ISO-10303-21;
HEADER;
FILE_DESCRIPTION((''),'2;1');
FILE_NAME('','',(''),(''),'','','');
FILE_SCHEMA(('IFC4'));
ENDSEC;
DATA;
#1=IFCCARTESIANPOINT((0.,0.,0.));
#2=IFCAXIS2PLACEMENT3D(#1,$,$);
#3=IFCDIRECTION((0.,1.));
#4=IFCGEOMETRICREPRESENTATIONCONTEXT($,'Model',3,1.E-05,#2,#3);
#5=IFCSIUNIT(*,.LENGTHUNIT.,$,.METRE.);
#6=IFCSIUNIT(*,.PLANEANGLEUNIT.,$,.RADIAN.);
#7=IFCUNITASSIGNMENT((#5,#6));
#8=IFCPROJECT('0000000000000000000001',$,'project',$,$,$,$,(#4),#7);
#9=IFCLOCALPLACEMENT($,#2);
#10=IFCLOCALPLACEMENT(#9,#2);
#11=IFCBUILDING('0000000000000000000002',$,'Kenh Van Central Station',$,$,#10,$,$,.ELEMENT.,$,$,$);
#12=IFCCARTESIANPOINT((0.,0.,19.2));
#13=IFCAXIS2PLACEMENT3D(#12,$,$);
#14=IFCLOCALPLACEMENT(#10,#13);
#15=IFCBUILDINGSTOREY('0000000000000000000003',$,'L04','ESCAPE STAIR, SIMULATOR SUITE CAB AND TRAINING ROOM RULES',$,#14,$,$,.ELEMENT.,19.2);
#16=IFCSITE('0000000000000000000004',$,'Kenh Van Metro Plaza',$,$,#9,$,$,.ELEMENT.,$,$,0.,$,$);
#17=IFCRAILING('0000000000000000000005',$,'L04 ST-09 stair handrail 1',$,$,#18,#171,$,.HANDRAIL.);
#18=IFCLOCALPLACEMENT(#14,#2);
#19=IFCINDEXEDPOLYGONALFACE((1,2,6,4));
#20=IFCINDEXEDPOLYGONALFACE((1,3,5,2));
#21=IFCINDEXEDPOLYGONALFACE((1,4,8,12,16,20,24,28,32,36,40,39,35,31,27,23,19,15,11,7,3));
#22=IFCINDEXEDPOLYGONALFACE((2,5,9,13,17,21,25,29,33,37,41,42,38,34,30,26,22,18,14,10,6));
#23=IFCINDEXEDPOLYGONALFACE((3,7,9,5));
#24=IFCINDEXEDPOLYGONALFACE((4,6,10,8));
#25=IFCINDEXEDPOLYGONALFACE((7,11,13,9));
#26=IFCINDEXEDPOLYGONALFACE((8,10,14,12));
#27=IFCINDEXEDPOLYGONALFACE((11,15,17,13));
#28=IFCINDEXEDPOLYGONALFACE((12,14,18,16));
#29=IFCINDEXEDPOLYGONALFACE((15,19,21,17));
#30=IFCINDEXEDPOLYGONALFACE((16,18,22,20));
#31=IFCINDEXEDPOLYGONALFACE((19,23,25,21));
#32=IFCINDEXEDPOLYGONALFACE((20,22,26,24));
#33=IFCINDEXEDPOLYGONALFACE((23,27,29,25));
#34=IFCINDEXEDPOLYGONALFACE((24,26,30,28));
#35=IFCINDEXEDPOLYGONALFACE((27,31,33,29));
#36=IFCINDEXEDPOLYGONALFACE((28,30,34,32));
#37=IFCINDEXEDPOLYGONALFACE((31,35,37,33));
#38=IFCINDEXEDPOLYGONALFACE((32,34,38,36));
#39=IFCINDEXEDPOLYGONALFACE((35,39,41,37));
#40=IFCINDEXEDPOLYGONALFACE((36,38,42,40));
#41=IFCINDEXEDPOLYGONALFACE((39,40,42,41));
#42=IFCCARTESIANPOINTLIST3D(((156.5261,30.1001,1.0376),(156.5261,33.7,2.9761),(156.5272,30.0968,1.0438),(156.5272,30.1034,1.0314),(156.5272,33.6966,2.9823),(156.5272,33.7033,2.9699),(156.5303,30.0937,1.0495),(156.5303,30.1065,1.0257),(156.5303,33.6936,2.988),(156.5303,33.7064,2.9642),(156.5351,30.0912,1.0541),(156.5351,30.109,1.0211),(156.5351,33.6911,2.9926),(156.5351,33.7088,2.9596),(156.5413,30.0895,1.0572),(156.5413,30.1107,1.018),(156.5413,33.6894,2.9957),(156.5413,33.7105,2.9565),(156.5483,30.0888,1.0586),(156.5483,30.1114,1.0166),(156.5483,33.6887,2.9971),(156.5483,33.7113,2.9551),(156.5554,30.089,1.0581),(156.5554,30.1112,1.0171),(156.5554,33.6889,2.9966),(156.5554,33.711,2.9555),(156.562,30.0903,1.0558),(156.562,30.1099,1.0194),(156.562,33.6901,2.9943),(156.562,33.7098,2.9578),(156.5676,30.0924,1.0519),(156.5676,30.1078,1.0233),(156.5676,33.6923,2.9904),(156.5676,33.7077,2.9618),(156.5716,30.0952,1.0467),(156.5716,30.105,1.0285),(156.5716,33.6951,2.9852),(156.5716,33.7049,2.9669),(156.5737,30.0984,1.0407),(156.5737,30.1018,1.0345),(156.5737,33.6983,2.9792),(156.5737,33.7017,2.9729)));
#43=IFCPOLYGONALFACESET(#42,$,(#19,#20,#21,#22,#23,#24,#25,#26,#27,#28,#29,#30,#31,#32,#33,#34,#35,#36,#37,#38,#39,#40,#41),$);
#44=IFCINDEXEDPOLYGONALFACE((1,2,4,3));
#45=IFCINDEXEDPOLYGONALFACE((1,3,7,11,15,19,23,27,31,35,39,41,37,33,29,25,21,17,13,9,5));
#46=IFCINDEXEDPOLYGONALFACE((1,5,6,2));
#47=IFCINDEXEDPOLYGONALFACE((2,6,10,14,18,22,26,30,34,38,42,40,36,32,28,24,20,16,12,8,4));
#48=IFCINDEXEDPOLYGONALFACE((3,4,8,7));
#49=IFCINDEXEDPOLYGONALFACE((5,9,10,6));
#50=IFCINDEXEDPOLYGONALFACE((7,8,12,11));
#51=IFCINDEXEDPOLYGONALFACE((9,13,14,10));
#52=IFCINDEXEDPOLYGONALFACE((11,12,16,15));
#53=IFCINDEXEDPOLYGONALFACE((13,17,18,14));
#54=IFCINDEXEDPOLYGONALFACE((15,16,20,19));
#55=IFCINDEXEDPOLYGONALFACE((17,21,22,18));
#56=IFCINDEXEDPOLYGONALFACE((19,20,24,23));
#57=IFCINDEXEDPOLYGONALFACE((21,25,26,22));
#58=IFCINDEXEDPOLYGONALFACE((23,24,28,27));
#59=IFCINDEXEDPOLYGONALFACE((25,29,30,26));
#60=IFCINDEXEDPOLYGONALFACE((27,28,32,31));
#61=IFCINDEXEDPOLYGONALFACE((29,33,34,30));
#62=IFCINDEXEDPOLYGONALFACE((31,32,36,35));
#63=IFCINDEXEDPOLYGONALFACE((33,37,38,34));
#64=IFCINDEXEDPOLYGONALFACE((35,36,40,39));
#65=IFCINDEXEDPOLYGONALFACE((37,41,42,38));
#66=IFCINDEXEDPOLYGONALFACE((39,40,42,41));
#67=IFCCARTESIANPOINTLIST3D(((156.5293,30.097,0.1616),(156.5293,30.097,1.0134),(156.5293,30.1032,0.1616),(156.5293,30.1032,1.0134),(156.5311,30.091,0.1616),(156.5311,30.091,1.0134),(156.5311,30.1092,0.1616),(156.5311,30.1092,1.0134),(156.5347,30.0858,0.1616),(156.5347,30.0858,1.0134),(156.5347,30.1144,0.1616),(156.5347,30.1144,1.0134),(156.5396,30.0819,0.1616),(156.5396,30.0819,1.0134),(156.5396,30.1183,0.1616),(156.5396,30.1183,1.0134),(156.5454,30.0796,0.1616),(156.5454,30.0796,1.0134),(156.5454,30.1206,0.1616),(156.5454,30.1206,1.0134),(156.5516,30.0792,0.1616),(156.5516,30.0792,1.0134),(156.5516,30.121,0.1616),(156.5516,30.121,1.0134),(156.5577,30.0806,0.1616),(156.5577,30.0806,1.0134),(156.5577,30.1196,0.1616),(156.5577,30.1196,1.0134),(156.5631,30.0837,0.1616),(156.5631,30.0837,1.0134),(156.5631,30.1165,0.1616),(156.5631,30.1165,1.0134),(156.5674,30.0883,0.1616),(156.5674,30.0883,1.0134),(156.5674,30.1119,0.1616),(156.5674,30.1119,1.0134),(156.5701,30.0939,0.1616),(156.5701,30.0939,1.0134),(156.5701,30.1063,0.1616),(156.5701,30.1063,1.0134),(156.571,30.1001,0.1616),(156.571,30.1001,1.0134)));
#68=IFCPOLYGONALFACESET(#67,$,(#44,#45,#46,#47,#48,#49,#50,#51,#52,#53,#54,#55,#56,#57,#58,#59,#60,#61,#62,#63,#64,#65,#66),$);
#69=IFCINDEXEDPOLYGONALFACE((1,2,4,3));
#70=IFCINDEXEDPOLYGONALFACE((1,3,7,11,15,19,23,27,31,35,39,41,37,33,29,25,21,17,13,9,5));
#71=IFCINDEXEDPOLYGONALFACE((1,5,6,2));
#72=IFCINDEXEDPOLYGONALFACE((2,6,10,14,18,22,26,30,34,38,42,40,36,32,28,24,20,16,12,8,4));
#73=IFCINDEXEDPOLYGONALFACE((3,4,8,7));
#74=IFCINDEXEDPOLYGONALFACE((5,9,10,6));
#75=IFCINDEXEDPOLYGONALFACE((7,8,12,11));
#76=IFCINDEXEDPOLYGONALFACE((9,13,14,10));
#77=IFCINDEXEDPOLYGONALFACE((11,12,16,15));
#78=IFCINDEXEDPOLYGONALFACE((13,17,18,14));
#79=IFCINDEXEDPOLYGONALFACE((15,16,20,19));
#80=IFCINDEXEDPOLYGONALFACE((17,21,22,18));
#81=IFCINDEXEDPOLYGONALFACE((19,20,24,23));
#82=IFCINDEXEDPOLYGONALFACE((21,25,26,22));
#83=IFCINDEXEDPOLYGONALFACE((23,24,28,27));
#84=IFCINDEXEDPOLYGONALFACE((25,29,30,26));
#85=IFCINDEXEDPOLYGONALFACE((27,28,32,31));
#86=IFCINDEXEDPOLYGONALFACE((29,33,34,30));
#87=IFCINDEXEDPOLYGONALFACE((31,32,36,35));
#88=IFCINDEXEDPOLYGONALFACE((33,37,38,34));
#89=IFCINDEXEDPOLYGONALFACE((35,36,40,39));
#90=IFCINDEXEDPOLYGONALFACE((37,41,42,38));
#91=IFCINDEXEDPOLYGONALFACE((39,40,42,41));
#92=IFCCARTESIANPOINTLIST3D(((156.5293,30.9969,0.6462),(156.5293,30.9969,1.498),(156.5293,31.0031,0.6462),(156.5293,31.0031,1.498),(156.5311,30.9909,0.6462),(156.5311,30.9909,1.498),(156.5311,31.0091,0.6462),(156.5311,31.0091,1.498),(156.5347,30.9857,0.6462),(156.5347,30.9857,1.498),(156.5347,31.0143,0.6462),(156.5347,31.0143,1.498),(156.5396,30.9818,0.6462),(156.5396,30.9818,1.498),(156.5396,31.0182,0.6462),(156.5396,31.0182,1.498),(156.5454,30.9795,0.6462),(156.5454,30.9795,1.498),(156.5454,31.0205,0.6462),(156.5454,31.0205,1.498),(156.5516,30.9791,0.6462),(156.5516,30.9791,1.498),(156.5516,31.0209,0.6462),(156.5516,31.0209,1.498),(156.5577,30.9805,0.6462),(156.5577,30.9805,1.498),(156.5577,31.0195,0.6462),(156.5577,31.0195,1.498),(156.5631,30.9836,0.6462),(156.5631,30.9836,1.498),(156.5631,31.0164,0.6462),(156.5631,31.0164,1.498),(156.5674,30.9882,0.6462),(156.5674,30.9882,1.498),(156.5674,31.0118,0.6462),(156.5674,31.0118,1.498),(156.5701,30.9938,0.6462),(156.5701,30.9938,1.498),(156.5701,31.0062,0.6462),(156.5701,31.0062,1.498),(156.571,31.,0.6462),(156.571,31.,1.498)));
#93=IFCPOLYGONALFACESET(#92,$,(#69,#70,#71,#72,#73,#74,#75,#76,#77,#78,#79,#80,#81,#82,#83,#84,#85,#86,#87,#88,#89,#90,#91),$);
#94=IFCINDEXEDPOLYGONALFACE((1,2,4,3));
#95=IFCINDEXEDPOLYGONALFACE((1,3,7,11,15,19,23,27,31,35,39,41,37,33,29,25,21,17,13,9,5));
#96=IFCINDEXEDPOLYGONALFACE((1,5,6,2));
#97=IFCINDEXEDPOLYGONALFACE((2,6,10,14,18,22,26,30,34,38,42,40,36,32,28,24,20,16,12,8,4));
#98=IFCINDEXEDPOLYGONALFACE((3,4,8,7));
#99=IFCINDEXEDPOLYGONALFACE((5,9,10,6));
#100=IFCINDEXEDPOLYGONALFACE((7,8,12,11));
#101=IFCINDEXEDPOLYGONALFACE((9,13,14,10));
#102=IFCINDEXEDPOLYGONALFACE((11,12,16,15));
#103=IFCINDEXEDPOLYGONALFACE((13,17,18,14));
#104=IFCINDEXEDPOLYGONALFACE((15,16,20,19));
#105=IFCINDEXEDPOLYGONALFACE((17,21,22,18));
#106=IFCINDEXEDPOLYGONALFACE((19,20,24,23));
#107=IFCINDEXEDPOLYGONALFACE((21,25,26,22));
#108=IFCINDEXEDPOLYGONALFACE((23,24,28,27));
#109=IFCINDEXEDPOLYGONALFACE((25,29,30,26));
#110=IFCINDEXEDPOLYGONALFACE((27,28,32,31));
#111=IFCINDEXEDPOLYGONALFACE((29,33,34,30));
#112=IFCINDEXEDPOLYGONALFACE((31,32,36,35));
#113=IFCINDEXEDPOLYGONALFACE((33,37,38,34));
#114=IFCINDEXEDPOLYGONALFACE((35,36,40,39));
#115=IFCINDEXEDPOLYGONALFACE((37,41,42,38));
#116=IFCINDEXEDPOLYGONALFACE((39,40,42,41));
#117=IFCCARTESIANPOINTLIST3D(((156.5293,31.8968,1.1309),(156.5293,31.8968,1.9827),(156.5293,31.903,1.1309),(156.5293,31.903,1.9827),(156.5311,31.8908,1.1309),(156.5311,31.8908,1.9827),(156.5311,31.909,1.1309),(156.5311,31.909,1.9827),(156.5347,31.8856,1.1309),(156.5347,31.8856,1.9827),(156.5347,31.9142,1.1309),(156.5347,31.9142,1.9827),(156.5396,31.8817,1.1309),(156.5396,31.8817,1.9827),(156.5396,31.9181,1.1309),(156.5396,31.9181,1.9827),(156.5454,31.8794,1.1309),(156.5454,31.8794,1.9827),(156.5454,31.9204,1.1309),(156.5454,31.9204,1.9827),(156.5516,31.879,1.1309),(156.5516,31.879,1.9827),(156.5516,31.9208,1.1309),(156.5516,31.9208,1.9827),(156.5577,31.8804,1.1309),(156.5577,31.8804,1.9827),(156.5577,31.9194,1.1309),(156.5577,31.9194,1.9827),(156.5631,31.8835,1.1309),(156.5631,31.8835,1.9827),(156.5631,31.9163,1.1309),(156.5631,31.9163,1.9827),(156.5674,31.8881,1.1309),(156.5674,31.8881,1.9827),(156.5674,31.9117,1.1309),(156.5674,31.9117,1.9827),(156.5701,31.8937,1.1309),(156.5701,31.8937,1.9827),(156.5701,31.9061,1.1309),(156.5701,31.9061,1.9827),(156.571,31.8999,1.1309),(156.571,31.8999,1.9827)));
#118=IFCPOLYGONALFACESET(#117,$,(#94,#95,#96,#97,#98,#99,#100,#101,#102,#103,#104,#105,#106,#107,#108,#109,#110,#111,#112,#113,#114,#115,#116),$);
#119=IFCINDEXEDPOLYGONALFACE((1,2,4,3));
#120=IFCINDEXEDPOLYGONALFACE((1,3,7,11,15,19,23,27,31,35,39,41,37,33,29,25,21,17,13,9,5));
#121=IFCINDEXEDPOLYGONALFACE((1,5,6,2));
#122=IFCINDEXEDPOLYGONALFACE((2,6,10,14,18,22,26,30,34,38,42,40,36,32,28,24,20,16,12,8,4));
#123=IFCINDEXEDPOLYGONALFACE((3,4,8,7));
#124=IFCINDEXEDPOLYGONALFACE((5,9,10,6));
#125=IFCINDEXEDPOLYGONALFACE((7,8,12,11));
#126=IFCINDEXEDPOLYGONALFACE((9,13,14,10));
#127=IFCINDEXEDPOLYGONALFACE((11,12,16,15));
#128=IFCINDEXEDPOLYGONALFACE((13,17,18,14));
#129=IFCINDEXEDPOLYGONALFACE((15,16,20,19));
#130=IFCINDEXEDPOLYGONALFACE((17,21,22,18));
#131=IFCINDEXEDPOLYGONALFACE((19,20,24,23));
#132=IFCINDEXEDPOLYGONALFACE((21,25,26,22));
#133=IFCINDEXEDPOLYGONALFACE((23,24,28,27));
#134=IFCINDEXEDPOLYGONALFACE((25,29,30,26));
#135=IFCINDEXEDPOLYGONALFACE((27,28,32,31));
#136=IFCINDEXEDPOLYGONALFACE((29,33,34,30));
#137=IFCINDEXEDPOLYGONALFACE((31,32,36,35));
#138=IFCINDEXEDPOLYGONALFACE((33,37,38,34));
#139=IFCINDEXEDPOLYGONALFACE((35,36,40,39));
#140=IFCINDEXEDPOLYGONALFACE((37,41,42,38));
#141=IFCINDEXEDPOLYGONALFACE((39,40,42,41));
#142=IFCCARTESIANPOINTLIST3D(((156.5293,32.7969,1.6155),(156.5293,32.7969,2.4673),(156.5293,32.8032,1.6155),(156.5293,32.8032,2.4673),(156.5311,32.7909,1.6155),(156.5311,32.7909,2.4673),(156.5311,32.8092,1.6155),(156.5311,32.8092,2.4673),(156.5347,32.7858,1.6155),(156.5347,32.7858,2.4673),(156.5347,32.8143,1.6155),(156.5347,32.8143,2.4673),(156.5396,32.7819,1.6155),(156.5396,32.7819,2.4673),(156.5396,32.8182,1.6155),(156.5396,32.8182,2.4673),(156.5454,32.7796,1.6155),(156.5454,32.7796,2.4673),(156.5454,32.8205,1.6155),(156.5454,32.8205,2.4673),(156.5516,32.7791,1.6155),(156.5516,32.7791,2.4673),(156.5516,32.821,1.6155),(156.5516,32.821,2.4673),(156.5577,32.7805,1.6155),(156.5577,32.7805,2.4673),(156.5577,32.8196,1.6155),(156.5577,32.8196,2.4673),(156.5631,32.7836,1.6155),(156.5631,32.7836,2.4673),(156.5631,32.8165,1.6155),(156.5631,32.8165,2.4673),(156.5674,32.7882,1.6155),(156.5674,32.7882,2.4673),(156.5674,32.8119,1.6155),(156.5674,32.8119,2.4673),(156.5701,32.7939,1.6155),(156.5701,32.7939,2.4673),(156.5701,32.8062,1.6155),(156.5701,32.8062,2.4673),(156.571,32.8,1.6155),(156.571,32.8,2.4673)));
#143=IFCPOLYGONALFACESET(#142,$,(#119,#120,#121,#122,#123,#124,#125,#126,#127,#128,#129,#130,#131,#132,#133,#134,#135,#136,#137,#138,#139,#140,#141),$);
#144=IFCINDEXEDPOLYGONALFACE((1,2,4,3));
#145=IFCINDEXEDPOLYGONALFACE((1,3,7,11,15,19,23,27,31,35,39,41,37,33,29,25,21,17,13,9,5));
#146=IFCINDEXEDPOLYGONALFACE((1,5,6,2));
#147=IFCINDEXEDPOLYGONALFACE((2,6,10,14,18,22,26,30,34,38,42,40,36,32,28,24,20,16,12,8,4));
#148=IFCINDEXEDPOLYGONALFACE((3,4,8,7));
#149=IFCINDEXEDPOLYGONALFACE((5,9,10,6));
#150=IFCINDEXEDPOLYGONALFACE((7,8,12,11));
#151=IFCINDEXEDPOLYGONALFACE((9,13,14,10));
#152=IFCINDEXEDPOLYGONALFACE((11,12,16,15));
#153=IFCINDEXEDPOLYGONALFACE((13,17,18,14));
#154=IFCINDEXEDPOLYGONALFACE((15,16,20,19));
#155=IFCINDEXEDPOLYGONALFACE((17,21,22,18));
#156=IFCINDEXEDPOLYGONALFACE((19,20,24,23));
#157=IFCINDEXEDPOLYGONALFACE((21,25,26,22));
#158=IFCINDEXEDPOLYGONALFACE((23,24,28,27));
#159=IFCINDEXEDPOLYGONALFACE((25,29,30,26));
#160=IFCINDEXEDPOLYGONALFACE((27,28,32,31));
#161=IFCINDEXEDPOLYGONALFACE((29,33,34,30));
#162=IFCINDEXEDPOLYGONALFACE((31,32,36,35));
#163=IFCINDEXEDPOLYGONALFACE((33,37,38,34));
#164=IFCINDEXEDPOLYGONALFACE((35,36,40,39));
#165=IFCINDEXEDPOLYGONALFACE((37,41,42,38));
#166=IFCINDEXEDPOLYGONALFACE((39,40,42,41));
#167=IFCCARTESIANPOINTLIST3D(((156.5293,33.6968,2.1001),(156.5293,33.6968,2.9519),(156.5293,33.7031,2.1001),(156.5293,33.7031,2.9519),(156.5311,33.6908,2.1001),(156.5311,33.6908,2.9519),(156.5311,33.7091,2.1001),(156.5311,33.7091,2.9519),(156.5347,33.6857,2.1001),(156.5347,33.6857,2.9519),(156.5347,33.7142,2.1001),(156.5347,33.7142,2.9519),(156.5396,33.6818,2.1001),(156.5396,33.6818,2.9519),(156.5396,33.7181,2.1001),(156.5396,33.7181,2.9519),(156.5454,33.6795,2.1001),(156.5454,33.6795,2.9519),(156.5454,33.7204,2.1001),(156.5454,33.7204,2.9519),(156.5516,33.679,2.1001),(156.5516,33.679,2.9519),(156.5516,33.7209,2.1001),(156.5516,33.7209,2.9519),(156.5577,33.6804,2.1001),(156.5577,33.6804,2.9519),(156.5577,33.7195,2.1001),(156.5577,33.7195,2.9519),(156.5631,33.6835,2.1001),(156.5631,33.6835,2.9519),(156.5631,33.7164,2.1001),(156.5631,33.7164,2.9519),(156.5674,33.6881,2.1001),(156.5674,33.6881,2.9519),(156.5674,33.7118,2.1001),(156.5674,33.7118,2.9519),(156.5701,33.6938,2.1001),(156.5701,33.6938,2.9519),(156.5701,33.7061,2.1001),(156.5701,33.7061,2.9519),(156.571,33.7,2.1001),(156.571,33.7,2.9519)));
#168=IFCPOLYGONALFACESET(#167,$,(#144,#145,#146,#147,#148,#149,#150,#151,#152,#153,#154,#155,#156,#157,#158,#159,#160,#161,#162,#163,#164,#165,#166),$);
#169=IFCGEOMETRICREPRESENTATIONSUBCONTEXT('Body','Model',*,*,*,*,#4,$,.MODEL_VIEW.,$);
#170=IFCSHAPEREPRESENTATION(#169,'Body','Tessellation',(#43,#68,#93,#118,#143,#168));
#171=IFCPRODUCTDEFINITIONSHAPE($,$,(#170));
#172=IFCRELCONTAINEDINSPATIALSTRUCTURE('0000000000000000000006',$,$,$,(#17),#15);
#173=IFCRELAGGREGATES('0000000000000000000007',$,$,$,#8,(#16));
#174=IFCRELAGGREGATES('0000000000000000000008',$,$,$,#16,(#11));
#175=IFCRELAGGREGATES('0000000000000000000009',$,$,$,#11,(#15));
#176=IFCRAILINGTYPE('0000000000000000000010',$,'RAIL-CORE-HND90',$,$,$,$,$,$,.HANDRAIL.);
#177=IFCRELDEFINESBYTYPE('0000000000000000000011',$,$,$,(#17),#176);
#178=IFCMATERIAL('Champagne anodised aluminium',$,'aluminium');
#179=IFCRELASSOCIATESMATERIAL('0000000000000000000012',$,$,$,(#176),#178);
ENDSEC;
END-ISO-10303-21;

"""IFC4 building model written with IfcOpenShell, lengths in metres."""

from ifc_helpers import new_model, si_unit, direction, frame, origin, origin_2d, place, context, subcontext, project, spatial, circle, extrude, material, type_object, element, save


model = new_model("IFC4")

# Units and contexts
model_context = context("Model", 3, precision=1e-05, world=origin(), true_north=direction((0.0, 1.0)))
body_context = subcontext(model_context, "Body", "Model", "MODEL_VIEW")
ifc_project = project(units=[si_unit("LENGTHUNIT", "METRE"), si_unit("PLANEANGLEUNIT", "RADIAN")], contexts=[model_context])

# Site, building, storey
site_placement = place(None, origin())
site = spatial("IfcSite", under=ifc_project, at=site_placement, Name="Kenh Van Metro Plaza", CompositionType="ELEMENT", RefElevation=0.0)
building_placement = place(site_placement, origin())
building = spatial("IfcBuilding", under=site, at=building_placement, Name="Kenh Van Central Station", CompositionType="ELEMENT")
storey_placement = place(building_placement, frame((0.0, 0.0, 19.2)))
storey = spatial("IfcBuildingStorey", under=building, at=storey_placement, Name="L04", Description="ESCAPE STAIR, SIMULATOR SUITE CAB AND TRAINING ROOM RULES", CompositionType="ELEMENT", Elevation=19.2)

# Shared definitions
ifc_material_1 = material(Name="Champagne anodised aluminium", Category="aluminium")

# Railing
railing_type_1 = type_object("IfcRailingType", Name="RAIL-CORE-HND90", PredefinedType="HANDRAIL", material=ifc_material_1)
railing_1_placement = place(storey_placement, frame((156.55, 30.1001, 0.1616)))
element("IfcRailing", 1, at=railing_1_placement, inside=storey, type_object=railing_type_1, Name="L04 ST-09 stair handrail 1", PredefinedType="HANDRAIL", context=body_context, shape_type="SweptSolid", body=[
    extrude(circle(Radius=0.0239, at=origin_2d()), frame((0.0, 0.0, 0.876), z_axis=(0.0, 0.880462, 0.474118), x_axis=(-1.0, 0.0, 0.0)), (0.0, 0.0, 1.0), 4.0886),
    extrude(circle(Radius=0.021, at=origin_2d()), origin(), (0.0, 0.0, 1.0), 0.8518),
    extrude(circle(Radius=0.021, at=origin_2d()), frame((0.0, 0.8999, 0.4846)), (0.0, 0.0, 1.0), 0.8518),
    extrude(circle(Radius=0.021, at=origin_2d()), frame((0.0, 1.7998, 0.9692)), (0.0, 0.0, 1.0), 0.8518),
    extrude(circle(Radius=0.021, at=origin_2d()), frame((0.0, 2.7, 1.4539)), (0.0, 0.0, 1.0), 0.8518),
    extrude(circle(Radius=0.021, at=origin_2d()), frame((0.0, 3.5999, 1.9385)), (0.0, 0.0, 1.0), 0.8518),
])

save(model, "model.ifc")
